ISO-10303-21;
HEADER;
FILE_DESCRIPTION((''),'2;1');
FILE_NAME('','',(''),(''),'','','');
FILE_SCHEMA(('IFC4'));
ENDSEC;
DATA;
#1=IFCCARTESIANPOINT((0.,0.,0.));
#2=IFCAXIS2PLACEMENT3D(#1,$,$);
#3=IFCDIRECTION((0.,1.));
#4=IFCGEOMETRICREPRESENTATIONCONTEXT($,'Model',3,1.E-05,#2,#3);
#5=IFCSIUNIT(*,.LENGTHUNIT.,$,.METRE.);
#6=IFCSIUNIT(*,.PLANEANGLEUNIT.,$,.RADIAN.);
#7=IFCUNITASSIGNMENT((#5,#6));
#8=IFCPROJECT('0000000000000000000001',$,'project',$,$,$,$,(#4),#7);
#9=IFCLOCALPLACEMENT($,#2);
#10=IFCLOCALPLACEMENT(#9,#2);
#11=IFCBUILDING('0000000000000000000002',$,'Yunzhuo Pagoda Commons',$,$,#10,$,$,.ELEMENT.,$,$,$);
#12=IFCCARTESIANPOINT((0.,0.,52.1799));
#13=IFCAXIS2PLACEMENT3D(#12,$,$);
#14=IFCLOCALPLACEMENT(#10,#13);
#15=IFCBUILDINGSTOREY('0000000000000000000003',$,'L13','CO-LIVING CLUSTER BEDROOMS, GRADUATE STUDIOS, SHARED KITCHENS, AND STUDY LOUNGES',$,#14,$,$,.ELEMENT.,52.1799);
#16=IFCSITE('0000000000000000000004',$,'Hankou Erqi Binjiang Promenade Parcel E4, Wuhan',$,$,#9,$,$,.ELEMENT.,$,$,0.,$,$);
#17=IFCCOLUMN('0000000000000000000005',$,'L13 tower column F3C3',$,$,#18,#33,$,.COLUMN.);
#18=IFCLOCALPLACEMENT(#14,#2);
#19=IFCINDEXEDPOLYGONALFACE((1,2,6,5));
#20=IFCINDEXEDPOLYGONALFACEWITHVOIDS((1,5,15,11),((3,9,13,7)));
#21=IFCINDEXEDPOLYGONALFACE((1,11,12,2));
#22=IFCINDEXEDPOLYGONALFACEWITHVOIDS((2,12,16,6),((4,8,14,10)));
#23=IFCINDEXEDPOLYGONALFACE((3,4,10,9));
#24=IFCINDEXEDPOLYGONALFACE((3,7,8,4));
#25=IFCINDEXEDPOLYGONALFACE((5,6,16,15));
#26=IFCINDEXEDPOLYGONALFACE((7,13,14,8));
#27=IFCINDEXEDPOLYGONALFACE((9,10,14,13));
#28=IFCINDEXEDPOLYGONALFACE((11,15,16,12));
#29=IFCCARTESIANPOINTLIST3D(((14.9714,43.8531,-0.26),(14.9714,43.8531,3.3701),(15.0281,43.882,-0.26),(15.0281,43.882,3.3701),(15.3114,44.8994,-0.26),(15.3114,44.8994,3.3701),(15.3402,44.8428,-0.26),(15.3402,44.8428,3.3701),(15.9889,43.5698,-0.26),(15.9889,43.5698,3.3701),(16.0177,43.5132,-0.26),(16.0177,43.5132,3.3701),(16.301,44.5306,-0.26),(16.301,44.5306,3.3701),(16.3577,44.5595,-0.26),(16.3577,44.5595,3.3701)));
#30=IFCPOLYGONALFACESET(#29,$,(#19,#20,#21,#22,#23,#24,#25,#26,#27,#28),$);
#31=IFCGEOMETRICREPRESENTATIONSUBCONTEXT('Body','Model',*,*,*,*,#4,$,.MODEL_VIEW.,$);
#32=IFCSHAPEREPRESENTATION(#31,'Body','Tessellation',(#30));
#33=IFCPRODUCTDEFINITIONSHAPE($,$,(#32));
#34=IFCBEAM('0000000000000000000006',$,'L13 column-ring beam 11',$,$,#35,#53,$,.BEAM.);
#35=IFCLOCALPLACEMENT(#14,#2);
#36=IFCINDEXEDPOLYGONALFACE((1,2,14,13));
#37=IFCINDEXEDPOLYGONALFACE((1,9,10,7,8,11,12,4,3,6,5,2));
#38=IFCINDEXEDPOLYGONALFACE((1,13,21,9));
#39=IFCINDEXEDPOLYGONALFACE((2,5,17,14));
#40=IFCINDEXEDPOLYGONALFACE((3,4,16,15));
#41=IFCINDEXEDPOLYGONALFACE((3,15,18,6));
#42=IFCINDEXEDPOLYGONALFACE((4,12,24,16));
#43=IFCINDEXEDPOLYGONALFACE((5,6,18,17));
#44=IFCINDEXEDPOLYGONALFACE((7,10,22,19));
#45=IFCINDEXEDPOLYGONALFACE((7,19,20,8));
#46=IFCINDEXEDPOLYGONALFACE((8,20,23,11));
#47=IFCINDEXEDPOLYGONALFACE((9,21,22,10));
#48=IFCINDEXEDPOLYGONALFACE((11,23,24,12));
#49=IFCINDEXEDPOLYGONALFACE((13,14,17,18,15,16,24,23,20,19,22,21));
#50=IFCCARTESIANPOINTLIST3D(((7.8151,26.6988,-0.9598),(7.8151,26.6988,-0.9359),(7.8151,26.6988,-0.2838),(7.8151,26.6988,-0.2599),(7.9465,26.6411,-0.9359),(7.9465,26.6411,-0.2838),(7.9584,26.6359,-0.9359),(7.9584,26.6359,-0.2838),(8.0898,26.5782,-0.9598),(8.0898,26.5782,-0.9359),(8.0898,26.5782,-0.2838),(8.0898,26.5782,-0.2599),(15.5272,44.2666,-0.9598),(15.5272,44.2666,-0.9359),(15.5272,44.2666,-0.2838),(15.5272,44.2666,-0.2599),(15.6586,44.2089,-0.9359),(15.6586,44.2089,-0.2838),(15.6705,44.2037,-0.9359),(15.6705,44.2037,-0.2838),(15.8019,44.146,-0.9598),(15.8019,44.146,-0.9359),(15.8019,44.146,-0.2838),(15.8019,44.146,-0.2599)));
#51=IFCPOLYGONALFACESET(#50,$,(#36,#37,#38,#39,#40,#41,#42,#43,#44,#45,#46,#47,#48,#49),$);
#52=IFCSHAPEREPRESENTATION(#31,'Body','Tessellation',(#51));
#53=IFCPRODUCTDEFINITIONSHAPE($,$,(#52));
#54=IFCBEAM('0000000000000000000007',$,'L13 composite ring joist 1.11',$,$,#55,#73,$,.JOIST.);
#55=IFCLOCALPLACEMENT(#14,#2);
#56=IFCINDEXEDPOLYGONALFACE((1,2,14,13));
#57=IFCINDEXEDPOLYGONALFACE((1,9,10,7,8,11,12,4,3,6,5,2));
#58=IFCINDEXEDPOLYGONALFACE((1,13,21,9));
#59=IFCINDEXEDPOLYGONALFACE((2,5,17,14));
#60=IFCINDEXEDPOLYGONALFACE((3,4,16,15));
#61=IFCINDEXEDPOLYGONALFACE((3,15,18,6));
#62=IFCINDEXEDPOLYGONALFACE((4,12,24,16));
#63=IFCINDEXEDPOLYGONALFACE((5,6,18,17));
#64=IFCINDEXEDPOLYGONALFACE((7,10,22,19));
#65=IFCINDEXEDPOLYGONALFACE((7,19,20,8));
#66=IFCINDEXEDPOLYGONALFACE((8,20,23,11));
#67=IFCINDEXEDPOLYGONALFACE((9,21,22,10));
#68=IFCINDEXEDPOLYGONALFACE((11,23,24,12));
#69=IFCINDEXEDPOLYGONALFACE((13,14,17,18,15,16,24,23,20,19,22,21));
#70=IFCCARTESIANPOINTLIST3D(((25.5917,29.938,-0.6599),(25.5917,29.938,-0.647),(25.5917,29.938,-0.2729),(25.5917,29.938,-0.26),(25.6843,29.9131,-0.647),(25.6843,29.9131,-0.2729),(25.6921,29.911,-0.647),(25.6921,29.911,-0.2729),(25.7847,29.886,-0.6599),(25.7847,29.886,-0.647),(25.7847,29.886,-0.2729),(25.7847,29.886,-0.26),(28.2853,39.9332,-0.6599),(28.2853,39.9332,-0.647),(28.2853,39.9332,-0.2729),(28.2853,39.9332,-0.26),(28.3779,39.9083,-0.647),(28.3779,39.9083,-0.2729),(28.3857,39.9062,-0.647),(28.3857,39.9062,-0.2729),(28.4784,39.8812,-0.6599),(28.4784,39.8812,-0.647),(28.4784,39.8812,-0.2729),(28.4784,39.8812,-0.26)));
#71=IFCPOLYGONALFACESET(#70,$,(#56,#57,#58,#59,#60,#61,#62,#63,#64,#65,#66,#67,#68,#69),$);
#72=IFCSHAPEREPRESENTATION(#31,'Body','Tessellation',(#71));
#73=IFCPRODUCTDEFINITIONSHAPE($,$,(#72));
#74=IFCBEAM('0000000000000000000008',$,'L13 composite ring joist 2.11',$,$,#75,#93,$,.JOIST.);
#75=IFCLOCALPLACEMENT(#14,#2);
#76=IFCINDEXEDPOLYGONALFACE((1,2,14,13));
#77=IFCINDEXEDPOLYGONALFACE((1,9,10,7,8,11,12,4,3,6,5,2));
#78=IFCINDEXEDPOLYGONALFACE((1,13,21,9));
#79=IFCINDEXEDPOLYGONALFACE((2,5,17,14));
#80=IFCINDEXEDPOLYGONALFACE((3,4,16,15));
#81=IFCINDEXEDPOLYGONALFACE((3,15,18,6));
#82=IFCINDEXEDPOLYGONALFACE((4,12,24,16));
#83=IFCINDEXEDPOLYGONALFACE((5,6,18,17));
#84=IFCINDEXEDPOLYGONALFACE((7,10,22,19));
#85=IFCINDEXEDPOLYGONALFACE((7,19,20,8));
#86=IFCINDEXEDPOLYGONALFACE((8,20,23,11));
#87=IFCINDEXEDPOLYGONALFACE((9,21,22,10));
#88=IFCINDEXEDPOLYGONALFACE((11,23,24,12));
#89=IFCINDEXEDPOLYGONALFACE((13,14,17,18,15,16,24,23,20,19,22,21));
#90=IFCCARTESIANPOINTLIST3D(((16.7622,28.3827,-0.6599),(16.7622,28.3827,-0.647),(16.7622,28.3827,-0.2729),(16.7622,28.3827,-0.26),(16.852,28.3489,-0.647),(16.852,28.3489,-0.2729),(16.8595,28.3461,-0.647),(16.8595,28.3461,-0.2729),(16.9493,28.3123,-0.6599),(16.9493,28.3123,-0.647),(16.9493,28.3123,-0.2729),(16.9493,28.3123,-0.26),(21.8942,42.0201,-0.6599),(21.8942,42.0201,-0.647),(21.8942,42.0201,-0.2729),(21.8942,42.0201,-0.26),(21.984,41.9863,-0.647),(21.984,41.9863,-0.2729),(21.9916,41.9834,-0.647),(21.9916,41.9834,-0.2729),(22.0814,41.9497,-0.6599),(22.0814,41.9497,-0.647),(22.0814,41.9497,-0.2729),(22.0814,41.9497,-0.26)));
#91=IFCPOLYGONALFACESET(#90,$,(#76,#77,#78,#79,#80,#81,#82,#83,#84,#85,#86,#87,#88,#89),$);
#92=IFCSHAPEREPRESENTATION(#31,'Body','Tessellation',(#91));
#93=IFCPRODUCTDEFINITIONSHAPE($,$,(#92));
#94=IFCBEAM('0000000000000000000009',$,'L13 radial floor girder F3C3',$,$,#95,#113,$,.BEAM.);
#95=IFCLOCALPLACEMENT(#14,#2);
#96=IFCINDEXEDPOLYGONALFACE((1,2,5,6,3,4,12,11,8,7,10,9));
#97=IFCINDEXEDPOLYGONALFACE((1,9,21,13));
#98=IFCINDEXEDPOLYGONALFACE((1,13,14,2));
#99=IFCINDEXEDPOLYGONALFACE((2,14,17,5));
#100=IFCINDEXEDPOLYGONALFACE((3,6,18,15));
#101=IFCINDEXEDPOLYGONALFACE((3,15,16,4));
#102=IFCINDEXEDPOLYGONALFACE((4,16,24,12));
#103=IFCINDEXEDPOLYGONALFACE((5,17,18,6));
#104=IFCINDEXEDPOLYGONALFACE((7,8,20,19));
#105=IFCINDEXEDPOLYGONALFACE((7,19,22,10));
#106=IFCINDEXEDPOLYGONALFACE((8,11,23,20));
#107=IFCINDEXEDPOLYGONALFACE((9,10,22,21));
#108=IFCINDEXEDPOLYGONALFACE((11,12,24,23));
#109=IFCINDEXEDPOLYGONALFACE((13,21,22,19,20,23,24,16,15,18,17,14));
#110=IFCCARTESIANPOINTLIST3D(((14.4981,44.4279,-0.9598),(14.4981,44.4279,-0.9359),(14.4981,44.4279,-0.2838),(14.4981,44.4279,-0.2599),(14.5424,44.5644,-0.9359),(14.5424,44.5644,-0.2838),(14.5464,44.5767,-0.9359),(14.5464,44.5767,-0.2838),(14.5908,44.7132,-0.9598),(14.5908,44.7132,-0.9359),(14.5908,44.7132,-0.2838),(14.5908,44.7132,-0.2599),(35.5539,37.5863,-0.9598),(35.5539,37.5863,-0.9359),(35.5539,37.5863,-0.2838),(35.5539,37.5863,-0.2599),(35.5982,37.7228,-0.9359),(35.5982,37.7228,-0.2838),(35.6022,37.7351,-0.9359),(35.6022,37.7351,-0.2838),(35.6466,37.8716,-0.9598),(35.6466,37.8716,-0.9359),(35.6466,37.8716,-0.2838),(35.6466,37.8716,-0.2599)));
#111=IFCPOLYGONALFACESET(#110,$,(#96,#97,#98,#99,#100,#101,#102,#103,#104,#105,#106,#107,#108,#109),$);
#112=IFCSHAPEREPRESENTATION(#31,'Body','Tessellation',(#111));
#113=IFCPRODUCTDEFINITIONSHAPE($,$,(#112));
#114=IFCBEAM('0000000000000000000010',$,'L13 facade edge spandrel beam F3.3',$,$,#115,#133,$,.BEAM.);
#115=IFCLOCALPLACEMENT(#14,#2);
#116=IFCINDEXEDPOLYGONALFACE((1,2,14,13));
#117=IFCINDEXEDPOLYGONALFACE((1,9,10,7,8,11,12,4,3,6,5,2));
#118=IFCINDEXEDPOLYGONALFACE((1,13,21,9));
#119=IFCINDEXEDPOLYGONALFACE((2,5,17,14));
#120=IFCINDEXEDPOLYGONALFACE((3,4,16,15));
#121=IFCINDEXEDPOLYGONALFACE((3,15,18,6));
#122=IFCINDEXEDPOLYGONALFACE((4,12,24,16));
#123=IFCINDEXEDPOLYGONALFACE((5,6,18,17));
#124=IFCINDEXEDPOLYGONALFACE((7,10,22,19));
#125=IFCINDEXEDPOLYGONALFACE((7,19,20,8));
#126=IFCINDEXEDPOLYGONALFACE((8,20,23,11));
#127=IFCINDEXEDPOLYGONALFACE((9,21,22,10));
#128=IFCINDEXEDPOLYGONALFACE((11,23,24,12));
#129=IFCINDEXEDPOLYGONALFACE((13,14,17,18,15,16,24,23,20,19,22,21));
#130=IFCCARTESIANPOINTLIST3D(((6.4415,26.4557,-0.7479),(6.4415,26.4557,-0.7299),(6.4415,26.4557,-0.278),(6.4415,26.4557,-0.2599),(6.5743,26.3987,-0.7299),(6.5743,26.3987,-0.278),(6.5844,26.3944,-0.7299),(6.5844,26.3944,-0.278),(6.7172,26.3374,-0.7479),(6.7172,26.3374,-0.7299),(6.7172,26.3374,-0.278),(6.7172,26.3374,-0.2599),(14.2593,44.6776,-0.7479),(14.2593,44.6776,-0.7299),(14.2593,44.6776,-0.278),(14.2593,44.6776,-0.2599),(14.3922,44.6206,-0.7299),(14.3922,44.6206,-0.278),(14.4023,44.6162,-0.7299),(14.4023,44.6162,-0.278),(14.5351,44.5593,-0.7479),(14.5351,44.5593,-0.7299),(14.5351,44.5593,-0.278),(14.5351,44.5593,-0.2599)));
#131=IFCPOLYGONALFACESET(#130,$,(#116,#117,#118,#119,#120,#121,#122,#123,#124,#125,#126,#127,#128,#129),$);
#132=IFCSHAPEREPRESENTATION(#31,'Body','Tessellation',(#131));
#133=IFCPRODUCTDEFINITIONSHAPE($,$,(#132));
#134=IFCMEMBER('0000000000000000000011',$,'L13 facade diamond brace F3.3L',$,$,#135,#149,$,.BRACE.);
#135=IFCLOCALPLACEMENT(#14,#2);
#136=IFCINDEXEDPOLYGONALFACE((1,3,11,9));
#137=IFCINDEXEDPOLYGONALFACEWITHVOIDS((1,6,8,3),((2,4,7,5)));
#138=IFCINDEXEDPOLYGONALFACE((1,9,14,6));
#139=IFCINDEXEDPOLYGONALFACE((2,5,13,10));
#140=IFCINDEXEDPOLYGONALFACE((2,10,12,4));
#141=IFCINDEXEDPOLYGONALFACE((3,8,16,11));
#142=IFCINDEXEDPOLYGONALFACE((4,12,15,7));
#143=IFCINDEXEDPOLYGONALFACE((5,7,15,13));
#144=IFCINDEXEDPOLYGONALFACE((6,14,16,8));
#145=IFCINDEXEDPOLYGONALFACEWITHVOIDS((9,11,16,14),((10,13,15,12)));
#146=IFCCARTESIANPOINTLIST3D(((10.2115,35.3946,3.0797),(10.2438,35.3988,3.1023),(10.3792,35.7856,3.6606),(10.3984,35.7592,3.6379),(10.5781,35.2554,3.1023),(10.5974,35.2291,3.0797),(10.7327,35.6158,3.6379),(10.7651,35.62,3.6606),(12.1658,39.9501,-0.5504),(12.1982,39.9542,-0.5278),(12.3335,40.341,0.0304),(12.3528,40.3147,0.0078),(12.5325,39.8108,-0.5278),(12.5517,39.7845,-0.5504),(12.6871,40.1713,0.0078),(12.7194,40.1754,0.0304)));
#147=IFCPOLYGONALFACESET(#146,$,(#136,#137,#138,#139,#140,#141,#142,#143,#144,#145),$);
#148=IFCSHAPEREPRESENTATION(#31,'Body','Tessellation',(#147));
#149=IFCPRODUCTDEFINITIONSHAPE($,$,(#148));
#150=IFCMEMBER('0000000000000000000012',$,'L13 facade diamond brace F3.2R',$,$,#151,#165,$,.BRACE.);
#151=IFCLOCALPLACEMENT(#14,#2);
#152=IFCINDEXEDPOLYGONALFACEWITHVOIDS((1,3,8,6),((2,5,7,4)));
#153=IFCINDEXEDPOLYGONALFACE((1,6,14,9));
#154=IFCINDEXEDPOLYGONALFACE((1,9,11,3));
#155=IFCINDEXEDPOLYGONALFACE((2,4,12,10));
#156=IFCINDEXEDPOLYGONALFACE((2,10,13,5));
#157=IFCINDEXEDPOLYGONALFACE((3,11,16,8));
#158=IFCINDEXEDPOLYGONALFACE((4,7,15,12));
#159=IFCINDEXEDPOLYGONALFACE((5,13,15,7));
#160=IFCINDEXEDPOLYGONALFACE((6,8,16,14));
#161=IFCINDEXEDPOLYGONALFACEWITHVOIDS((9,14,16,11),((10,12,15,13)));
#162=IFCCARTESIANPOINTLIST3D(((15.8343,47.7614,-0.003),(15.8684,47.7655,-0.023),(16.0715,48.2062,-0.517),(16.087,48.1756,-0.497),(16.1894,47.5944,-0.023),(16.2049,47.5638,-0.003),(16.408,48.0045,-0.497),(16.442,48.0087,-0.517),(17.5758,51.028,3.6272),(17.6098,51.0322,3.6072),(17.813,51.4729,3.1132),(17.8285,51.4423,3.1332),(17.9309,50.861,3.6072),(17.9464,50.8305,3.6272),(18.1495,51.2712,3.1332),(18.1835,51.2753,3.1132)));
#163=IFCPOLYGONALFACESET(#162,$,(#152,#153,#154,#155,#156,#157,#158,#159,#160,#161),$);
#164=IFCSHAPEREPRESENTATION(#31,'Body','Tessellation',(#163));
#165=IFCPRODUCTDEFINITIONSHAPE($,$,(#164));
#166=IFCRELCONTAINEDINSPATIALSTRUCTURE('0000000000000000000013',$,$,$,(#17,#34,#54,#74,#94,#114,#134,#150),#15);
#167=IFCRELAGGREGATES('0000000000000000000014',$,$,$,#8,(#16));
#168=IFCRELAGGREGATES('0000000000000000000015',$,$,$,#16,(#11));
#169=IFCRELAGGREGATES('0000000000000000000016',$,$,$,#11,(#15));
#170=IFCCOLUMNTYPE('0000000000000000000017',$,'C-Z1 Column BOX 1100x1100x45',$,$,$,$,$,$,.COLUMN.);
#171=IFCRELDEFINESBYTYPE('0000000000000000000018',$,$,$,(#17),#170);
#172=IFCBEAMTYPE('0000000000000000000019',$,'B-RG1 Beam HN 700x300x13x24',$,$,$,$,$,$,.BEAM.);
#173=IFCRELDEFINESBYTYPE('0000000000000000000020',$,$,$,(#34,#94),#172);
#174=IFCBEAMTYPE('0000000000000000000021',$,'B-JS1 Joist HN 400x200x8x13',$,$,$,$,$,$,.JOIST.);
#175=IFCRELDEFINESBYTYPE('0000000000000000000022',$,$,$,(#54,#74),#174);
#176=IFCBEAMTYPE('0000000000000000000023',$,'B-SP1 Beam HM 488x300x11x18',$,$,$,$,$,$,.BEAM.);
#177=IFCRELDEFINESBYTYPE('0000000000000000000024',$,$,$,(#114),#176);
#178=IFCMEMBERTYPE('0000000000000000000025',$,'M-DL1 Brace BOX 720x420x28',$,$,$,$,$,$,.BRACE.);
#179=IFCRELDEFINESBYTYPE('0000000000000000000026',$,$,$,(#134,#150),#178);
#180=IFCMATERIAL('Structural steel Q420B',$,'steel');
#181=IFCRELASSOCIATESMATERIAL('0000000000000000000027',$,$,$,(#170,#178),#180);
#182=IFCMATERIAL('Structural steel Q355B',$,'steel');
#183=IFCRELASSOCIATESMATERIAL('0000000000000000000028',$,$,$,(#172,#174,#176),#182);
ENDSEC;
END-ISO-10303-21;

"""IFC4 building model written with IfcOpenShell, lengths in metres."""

from ifc_helpers import new_model, si_unit, direction, frame, origin, origin_2d, place, context, subcontext, project, spatial, hollow_rectangle, i_section, extrude, source, transform, mapped, material, material_profile, profile_set, type_object, element, save


model = new_model("IFC4")

# Units and contexts
model_context = context("Model", 3, precision=1e-05, world=origin(), true_north=direction((0.0, 1.0)))
body_context = subcontext(model_context, "Body", "Model", "MODEL_VIEW")
ifc_project = project(units=[si_unit("LENGTHUNIT", "METRE"), si_unit("PLANEANGLEUNIT", "RADIAN")], contexts=[model_context])

# Site, building, storey
site_placement = place(None, origin())
site = spatial("IfcSite", under=ifc_project, at=site_placement, Name="Hankou Erqi Binjiang Promenade Parcel E4, Wuhan", CompositionType="ELEMENT", RefElevation=0.0)
building_placement = place(site_placement, origin())
building = spatial("IfcBuilding", under=site, at=building_placement, Name="Yunzhuo Pagoda Commons", CompositionType="ELEMENT")
storey_placement = place(building_placement, frame((0.0, 0.0, 52.1799)))
storey = spatial("IfcBuildingStorey", under=building, at=storey_placement, Name="L13", Description="CO-LIVING CLUSTER BEDROOMS, GRADUATE STUDIOS, SHARED KITCHENS, AND STUDY LOUNGES", CompositionType="ELEMENT", Elevation=52.1799)

# Column
ifc_material_1 = material(Name="Structural steel Q420B", Category="steel")
ifc_material_profile_1 = material_profile(ifc_material_1, hollow_rectangle(XDim=1.1001, YDim=1.1001, WallThickness=0.0449, at=origin_2d()), Name="Structural steel Q420B")
ifc_profile_set_1 = profile_set([ifc_material_profile_1], Name="Structural steel Q420B")
column_type = type_object("IfcColumnType", Name="C-Z1 Column BOX 1100x1100x45", PredefinedType="COLUMN", material=ifc_profile_set_1)
shared_shape_1 = source(origin(), body_context, "Body", "SweptSolid", [
    extrude(hollow_rectangle(XDim=1.1001, YDim=1.1001, WallThickness=0.0449, at=origin_2d()), origin(), (0.0, 0.0, 1.0), 3.6301),
])
column_placement = place(storey_placement, frame((15.6646, 44.2063, -0.26), z_axis=(0.0, 0.0, 1.0), x_axis=(-0.309017, -0.951057, 0.0)))
element("IfcColumn", 1, at=column_placement, inside=storey, type_object=column_type, Name="L13 tower column F3C3", PredefinedType="COLUMN", context=body_context, shape_type="MappedRepresentation", body=[
    mapped(shared_shape_1, transform((0.0, 0.0, 0.0), scale=1.0)),
])

# Beams
ifc_material_2 = material(Name="Structural steel Q355B", Category="steel")
ifc_material_profile_2 = material_profile(ifc_material_2, i_section(OverallWidth=0.3, OverallDepth=0.7, WebThickness=0.0129, FlangeThickness=0.0239, at=origin_2d()), Name="Structural steel Q355B")
ifc_profile_set_2 = profile_set([ifc_material_profile_2], Name="Structural steel Q355B")
beam_type_1 = type_object("IfcBeamType", Name="B-RG1 Beam HN 700x300x13x24", PredefinedType="BEAM", material=ifc_profile_set_2)
shared_shape_2 = source(origin(), body_context, "Body", "SweptSolid", [
    extrude(i_section(OverallWidth=0.3, OverallDepth=0.7, WebThickness=0.0129, FlangeThickness=0.0239, at=origin_2d()), origin(), (0.0, 0.0, 1.0), 19.186),
])
beam_1_placement = place(storey_placement, frame((15.6646, 44.2063, -0.6099), z_axis=(-0.401965, -0.915655, 0.0), x_axis=(0.915655, -0.401965, 0.0)))
element("IfcBeam", 2, at=beam_1_placement, inside=storey, type_object=beam_type_1, Name="L13 column-ring beam 11", PredefinedType="BEAM", context=body_context, shape_type="MappedRepresentation", body=[
    mapped(shared_shape_2, transform((0.0, 0.0, 0.0), scale=1.0)),
])
ifc_material_profile_3 = material_profile(ifc_material_2, i_section(OverallWidth=0.2, OverallDepth=0.3999, WebThickness=0.0081, FlangeThickness=0.0129, at=origin_2d()), Name="Structural steel Q355B")
ifc_profile_set_3 = profile_set([ifc_material_profile_3], Name="Structural steel Q355B")
beam_type_2 = type_object("IfcBeamType", Name="B-JS1 Joist HN 400x200x8x13", PredefinedType="JOIST", material=ifc_profile_set_3)
shared_shape_3 = source(origin(), body_context, "Body", "SweptSolid", [
    extrude(i_section(OverallWidth=0.2, OverallDepth=0.3999, WebThickness=0.0081, FlangeThickness=0.0129, at=origin_2d()), origin(), (0.0, 0.0, 1.0), 10.3518),
])
beam_2_placement = place(storey_placement, frame((28.3818, 39.9072, -0.46), z_axis=(-0.260209, -0.965552, 0.0), x_axis=(0.965552, -0.260209, 0.0)))
element("IfcBeam", 3, at=beam_2_placement, inside=storey, type_object=beam_type_2, Name="L13 composite ring joist 1.11", PredefinedType="JOIST", context=body_context, shape_type="MappedRepresentation", body=[
    mapped(shared_shape_3, transform((0.0, 0.0, 0.0), scale=1.0)),
])
shared_shape_4 = source(origin(), body_context, "Body", "SweptSolid", [
    extrude(i_section(OverallWidth=0.2, OverallDepth=0.3999, WebThickness=0.0081, FlangeThickness=0.0129, at=origin_2d()), origin(), (0.0, 0.0, 1.0), 14.571),
])
beam_3_placement = place(storey_placement, frame((21.9878, 41.9849, -0.46), z_axis=(-0.352208, -0.935922, 0.0), x_axis=(0.935922, -0.352208, 0.0)))
element("IfcBeam", 4, at=beam_3_placement, inside=storey, type_object=beam_type_2, Name="L13 composite ring joist 2.11", PredefinedType="JOIST", context=body_context, shape_type="MappedRepresentation", body=[
    mapped(shared_shape_4, transform((0.0, 0.0, 0.0), scale=1.0)),
])
shared_shape_5 = source(origin(), body_context, "Body", "SweptSolid", [
    extrude(i_section(OverallWidth=0.3, OverallDepth=0.7, WebThickness=0.0129, FlangeThickness=0.0239, at=origin_2d()), origin(), (0.0, 0.0, 1.0), 22.1394),
])
beam_4_placement = place(storey_placement, frame((14.5444, 44.5706, -0.6099), z_axis=(0.951054, -0.309023, 0.0), x_axis=(0.309023, 0.951054, 0.0)))
element("IfcBeam", 5, at=beam_4_placement, inside=storey, type_object=beam_type_1, Name="L13 radial floor girder F3C3", PredefinedType="BEAM", context=body_context, shape_type="MappedRepresentation", body=[
    mapped(shared_shape_5, transform((0.0, 0.0, 0.0), scale=1.0)),
])
ifc_material_profile_4 = material_profile(ifc_material_2, i_section(OverallWidth=0.3, OverallDepth=0.488, WebThickness=0.011, FlangeThickness=0.0181, at=origin_2d()), Name="Structural steel Q355B")
ifc_profile_set_4 = profile_set([ifc_material_profile_4], Name="Structural steel Q355B")
beam_type_3 = type_object("IfcBeamType", Name="B-SP1 Beam HM 488x300x11x18", PredefinedType="BEAM", material=ifc_profile_set_4)
shared_shape_6 = source(origin(), body_context, "Body", "SweptSolid", [
    extrude(i_section(OverallWidth=0.3, OverallDepth=0.488, WebThickness=0.011, FlangeThickness=0.0181, at=origin_2d()), origin(), (0.0, 0.0, 1.0), 19.8281),
])
beam_5_placement = place(storey_placement, frame((14.3972, 44.6184, -0.5039), z_axis=(-0.39428, -0.91899, 0.0), x_axis=(0.91899, -0.39428, 0.0)))
element("IfcBeam", 6, at=beam_5_placement, inside=storey, type_object=beam_type_3, Name="L13 facade edge spandrel beam F3.3", PredefinedType="BEAM", context=body_context, shape_type="MappedRepresentation", body=[
    mapped(shared_shape_6, transform((0.0, 0.0, 0.0), scale=1.0)),
])

# Members
ifc_material_profile_5 = material_profile(ifc_material_1, hollow_rectangle(XDim=0.4199, YDim=0.72, WallThickness=0.0281, at=origin_2d()), Name="Structural steel Q420B")
ifc_profile_set_5 = profile_set([ifc_material_profile_5], Name="Structural steel Q420B")
member_type_1 = type_object("IfcMemberType", Name="M-DL1 Brace BOX 720x420x28", PredefinedType="BRACE", material=ifc_profile_set_5)
shared_shape_7 = source(origin(), body_context, "Body", "SweptSolid", [
    extrude(hollow_rectangle(XDim=0.4199, YDim=0.72, WallThickness=0.0281, at=origin_2d()), origin(), (0.0, 0.0, 1.0), 6.144),
])
member_1_placement = place(storey_placement, frame((12.4426, 40.0627, -0.26), z_axis=(-0.318088, -0.741438, 0.590838), x_axis=(0.918997, -0.394264, 0.0)))
element("IfcMember", 7, at=member_1_placement, inside=storey, type_object=member_type_1, Name="L13 facade diamond brace F3.3L", PredefinedType="BRACE", context=body_context, shape_type="MappedRepresentation", body=[
    mapped(shared_shape_7, transform((0.0, 0.0, 0.0), scale=1.0)),
])
shared_shape_8 = source(origin(), body_context, "Body", "SweptSolid", [
    extrude(hollow_rectangle(XDim=0.4199, YDim=0.72, WallThickness=0.0281, at=origin_2d()), origin(), (0.0, 0.0, 1.0), 5.1848),
])
member_2_placement = place(storey_placement, frame((16.1382, 47.885, -0.26), z_axis=(0.335883, 0.630046, 0.700161), x_axis=(-0.882435, 0.470434, 0.0)))
element("IfcMember", 8, at=member_2_placement, inside=storey, type_object=member_type_1, Name="L13 facade diamond brace F3.2R", PredefinedType="BRACE", context=body_context, shape_type="MappedRepresentation", body=[
    mapped(shared_shape_8, transform((0.0, 0.0, 0.0), scale=1.0)),
])

save(model, "model.ifc")
